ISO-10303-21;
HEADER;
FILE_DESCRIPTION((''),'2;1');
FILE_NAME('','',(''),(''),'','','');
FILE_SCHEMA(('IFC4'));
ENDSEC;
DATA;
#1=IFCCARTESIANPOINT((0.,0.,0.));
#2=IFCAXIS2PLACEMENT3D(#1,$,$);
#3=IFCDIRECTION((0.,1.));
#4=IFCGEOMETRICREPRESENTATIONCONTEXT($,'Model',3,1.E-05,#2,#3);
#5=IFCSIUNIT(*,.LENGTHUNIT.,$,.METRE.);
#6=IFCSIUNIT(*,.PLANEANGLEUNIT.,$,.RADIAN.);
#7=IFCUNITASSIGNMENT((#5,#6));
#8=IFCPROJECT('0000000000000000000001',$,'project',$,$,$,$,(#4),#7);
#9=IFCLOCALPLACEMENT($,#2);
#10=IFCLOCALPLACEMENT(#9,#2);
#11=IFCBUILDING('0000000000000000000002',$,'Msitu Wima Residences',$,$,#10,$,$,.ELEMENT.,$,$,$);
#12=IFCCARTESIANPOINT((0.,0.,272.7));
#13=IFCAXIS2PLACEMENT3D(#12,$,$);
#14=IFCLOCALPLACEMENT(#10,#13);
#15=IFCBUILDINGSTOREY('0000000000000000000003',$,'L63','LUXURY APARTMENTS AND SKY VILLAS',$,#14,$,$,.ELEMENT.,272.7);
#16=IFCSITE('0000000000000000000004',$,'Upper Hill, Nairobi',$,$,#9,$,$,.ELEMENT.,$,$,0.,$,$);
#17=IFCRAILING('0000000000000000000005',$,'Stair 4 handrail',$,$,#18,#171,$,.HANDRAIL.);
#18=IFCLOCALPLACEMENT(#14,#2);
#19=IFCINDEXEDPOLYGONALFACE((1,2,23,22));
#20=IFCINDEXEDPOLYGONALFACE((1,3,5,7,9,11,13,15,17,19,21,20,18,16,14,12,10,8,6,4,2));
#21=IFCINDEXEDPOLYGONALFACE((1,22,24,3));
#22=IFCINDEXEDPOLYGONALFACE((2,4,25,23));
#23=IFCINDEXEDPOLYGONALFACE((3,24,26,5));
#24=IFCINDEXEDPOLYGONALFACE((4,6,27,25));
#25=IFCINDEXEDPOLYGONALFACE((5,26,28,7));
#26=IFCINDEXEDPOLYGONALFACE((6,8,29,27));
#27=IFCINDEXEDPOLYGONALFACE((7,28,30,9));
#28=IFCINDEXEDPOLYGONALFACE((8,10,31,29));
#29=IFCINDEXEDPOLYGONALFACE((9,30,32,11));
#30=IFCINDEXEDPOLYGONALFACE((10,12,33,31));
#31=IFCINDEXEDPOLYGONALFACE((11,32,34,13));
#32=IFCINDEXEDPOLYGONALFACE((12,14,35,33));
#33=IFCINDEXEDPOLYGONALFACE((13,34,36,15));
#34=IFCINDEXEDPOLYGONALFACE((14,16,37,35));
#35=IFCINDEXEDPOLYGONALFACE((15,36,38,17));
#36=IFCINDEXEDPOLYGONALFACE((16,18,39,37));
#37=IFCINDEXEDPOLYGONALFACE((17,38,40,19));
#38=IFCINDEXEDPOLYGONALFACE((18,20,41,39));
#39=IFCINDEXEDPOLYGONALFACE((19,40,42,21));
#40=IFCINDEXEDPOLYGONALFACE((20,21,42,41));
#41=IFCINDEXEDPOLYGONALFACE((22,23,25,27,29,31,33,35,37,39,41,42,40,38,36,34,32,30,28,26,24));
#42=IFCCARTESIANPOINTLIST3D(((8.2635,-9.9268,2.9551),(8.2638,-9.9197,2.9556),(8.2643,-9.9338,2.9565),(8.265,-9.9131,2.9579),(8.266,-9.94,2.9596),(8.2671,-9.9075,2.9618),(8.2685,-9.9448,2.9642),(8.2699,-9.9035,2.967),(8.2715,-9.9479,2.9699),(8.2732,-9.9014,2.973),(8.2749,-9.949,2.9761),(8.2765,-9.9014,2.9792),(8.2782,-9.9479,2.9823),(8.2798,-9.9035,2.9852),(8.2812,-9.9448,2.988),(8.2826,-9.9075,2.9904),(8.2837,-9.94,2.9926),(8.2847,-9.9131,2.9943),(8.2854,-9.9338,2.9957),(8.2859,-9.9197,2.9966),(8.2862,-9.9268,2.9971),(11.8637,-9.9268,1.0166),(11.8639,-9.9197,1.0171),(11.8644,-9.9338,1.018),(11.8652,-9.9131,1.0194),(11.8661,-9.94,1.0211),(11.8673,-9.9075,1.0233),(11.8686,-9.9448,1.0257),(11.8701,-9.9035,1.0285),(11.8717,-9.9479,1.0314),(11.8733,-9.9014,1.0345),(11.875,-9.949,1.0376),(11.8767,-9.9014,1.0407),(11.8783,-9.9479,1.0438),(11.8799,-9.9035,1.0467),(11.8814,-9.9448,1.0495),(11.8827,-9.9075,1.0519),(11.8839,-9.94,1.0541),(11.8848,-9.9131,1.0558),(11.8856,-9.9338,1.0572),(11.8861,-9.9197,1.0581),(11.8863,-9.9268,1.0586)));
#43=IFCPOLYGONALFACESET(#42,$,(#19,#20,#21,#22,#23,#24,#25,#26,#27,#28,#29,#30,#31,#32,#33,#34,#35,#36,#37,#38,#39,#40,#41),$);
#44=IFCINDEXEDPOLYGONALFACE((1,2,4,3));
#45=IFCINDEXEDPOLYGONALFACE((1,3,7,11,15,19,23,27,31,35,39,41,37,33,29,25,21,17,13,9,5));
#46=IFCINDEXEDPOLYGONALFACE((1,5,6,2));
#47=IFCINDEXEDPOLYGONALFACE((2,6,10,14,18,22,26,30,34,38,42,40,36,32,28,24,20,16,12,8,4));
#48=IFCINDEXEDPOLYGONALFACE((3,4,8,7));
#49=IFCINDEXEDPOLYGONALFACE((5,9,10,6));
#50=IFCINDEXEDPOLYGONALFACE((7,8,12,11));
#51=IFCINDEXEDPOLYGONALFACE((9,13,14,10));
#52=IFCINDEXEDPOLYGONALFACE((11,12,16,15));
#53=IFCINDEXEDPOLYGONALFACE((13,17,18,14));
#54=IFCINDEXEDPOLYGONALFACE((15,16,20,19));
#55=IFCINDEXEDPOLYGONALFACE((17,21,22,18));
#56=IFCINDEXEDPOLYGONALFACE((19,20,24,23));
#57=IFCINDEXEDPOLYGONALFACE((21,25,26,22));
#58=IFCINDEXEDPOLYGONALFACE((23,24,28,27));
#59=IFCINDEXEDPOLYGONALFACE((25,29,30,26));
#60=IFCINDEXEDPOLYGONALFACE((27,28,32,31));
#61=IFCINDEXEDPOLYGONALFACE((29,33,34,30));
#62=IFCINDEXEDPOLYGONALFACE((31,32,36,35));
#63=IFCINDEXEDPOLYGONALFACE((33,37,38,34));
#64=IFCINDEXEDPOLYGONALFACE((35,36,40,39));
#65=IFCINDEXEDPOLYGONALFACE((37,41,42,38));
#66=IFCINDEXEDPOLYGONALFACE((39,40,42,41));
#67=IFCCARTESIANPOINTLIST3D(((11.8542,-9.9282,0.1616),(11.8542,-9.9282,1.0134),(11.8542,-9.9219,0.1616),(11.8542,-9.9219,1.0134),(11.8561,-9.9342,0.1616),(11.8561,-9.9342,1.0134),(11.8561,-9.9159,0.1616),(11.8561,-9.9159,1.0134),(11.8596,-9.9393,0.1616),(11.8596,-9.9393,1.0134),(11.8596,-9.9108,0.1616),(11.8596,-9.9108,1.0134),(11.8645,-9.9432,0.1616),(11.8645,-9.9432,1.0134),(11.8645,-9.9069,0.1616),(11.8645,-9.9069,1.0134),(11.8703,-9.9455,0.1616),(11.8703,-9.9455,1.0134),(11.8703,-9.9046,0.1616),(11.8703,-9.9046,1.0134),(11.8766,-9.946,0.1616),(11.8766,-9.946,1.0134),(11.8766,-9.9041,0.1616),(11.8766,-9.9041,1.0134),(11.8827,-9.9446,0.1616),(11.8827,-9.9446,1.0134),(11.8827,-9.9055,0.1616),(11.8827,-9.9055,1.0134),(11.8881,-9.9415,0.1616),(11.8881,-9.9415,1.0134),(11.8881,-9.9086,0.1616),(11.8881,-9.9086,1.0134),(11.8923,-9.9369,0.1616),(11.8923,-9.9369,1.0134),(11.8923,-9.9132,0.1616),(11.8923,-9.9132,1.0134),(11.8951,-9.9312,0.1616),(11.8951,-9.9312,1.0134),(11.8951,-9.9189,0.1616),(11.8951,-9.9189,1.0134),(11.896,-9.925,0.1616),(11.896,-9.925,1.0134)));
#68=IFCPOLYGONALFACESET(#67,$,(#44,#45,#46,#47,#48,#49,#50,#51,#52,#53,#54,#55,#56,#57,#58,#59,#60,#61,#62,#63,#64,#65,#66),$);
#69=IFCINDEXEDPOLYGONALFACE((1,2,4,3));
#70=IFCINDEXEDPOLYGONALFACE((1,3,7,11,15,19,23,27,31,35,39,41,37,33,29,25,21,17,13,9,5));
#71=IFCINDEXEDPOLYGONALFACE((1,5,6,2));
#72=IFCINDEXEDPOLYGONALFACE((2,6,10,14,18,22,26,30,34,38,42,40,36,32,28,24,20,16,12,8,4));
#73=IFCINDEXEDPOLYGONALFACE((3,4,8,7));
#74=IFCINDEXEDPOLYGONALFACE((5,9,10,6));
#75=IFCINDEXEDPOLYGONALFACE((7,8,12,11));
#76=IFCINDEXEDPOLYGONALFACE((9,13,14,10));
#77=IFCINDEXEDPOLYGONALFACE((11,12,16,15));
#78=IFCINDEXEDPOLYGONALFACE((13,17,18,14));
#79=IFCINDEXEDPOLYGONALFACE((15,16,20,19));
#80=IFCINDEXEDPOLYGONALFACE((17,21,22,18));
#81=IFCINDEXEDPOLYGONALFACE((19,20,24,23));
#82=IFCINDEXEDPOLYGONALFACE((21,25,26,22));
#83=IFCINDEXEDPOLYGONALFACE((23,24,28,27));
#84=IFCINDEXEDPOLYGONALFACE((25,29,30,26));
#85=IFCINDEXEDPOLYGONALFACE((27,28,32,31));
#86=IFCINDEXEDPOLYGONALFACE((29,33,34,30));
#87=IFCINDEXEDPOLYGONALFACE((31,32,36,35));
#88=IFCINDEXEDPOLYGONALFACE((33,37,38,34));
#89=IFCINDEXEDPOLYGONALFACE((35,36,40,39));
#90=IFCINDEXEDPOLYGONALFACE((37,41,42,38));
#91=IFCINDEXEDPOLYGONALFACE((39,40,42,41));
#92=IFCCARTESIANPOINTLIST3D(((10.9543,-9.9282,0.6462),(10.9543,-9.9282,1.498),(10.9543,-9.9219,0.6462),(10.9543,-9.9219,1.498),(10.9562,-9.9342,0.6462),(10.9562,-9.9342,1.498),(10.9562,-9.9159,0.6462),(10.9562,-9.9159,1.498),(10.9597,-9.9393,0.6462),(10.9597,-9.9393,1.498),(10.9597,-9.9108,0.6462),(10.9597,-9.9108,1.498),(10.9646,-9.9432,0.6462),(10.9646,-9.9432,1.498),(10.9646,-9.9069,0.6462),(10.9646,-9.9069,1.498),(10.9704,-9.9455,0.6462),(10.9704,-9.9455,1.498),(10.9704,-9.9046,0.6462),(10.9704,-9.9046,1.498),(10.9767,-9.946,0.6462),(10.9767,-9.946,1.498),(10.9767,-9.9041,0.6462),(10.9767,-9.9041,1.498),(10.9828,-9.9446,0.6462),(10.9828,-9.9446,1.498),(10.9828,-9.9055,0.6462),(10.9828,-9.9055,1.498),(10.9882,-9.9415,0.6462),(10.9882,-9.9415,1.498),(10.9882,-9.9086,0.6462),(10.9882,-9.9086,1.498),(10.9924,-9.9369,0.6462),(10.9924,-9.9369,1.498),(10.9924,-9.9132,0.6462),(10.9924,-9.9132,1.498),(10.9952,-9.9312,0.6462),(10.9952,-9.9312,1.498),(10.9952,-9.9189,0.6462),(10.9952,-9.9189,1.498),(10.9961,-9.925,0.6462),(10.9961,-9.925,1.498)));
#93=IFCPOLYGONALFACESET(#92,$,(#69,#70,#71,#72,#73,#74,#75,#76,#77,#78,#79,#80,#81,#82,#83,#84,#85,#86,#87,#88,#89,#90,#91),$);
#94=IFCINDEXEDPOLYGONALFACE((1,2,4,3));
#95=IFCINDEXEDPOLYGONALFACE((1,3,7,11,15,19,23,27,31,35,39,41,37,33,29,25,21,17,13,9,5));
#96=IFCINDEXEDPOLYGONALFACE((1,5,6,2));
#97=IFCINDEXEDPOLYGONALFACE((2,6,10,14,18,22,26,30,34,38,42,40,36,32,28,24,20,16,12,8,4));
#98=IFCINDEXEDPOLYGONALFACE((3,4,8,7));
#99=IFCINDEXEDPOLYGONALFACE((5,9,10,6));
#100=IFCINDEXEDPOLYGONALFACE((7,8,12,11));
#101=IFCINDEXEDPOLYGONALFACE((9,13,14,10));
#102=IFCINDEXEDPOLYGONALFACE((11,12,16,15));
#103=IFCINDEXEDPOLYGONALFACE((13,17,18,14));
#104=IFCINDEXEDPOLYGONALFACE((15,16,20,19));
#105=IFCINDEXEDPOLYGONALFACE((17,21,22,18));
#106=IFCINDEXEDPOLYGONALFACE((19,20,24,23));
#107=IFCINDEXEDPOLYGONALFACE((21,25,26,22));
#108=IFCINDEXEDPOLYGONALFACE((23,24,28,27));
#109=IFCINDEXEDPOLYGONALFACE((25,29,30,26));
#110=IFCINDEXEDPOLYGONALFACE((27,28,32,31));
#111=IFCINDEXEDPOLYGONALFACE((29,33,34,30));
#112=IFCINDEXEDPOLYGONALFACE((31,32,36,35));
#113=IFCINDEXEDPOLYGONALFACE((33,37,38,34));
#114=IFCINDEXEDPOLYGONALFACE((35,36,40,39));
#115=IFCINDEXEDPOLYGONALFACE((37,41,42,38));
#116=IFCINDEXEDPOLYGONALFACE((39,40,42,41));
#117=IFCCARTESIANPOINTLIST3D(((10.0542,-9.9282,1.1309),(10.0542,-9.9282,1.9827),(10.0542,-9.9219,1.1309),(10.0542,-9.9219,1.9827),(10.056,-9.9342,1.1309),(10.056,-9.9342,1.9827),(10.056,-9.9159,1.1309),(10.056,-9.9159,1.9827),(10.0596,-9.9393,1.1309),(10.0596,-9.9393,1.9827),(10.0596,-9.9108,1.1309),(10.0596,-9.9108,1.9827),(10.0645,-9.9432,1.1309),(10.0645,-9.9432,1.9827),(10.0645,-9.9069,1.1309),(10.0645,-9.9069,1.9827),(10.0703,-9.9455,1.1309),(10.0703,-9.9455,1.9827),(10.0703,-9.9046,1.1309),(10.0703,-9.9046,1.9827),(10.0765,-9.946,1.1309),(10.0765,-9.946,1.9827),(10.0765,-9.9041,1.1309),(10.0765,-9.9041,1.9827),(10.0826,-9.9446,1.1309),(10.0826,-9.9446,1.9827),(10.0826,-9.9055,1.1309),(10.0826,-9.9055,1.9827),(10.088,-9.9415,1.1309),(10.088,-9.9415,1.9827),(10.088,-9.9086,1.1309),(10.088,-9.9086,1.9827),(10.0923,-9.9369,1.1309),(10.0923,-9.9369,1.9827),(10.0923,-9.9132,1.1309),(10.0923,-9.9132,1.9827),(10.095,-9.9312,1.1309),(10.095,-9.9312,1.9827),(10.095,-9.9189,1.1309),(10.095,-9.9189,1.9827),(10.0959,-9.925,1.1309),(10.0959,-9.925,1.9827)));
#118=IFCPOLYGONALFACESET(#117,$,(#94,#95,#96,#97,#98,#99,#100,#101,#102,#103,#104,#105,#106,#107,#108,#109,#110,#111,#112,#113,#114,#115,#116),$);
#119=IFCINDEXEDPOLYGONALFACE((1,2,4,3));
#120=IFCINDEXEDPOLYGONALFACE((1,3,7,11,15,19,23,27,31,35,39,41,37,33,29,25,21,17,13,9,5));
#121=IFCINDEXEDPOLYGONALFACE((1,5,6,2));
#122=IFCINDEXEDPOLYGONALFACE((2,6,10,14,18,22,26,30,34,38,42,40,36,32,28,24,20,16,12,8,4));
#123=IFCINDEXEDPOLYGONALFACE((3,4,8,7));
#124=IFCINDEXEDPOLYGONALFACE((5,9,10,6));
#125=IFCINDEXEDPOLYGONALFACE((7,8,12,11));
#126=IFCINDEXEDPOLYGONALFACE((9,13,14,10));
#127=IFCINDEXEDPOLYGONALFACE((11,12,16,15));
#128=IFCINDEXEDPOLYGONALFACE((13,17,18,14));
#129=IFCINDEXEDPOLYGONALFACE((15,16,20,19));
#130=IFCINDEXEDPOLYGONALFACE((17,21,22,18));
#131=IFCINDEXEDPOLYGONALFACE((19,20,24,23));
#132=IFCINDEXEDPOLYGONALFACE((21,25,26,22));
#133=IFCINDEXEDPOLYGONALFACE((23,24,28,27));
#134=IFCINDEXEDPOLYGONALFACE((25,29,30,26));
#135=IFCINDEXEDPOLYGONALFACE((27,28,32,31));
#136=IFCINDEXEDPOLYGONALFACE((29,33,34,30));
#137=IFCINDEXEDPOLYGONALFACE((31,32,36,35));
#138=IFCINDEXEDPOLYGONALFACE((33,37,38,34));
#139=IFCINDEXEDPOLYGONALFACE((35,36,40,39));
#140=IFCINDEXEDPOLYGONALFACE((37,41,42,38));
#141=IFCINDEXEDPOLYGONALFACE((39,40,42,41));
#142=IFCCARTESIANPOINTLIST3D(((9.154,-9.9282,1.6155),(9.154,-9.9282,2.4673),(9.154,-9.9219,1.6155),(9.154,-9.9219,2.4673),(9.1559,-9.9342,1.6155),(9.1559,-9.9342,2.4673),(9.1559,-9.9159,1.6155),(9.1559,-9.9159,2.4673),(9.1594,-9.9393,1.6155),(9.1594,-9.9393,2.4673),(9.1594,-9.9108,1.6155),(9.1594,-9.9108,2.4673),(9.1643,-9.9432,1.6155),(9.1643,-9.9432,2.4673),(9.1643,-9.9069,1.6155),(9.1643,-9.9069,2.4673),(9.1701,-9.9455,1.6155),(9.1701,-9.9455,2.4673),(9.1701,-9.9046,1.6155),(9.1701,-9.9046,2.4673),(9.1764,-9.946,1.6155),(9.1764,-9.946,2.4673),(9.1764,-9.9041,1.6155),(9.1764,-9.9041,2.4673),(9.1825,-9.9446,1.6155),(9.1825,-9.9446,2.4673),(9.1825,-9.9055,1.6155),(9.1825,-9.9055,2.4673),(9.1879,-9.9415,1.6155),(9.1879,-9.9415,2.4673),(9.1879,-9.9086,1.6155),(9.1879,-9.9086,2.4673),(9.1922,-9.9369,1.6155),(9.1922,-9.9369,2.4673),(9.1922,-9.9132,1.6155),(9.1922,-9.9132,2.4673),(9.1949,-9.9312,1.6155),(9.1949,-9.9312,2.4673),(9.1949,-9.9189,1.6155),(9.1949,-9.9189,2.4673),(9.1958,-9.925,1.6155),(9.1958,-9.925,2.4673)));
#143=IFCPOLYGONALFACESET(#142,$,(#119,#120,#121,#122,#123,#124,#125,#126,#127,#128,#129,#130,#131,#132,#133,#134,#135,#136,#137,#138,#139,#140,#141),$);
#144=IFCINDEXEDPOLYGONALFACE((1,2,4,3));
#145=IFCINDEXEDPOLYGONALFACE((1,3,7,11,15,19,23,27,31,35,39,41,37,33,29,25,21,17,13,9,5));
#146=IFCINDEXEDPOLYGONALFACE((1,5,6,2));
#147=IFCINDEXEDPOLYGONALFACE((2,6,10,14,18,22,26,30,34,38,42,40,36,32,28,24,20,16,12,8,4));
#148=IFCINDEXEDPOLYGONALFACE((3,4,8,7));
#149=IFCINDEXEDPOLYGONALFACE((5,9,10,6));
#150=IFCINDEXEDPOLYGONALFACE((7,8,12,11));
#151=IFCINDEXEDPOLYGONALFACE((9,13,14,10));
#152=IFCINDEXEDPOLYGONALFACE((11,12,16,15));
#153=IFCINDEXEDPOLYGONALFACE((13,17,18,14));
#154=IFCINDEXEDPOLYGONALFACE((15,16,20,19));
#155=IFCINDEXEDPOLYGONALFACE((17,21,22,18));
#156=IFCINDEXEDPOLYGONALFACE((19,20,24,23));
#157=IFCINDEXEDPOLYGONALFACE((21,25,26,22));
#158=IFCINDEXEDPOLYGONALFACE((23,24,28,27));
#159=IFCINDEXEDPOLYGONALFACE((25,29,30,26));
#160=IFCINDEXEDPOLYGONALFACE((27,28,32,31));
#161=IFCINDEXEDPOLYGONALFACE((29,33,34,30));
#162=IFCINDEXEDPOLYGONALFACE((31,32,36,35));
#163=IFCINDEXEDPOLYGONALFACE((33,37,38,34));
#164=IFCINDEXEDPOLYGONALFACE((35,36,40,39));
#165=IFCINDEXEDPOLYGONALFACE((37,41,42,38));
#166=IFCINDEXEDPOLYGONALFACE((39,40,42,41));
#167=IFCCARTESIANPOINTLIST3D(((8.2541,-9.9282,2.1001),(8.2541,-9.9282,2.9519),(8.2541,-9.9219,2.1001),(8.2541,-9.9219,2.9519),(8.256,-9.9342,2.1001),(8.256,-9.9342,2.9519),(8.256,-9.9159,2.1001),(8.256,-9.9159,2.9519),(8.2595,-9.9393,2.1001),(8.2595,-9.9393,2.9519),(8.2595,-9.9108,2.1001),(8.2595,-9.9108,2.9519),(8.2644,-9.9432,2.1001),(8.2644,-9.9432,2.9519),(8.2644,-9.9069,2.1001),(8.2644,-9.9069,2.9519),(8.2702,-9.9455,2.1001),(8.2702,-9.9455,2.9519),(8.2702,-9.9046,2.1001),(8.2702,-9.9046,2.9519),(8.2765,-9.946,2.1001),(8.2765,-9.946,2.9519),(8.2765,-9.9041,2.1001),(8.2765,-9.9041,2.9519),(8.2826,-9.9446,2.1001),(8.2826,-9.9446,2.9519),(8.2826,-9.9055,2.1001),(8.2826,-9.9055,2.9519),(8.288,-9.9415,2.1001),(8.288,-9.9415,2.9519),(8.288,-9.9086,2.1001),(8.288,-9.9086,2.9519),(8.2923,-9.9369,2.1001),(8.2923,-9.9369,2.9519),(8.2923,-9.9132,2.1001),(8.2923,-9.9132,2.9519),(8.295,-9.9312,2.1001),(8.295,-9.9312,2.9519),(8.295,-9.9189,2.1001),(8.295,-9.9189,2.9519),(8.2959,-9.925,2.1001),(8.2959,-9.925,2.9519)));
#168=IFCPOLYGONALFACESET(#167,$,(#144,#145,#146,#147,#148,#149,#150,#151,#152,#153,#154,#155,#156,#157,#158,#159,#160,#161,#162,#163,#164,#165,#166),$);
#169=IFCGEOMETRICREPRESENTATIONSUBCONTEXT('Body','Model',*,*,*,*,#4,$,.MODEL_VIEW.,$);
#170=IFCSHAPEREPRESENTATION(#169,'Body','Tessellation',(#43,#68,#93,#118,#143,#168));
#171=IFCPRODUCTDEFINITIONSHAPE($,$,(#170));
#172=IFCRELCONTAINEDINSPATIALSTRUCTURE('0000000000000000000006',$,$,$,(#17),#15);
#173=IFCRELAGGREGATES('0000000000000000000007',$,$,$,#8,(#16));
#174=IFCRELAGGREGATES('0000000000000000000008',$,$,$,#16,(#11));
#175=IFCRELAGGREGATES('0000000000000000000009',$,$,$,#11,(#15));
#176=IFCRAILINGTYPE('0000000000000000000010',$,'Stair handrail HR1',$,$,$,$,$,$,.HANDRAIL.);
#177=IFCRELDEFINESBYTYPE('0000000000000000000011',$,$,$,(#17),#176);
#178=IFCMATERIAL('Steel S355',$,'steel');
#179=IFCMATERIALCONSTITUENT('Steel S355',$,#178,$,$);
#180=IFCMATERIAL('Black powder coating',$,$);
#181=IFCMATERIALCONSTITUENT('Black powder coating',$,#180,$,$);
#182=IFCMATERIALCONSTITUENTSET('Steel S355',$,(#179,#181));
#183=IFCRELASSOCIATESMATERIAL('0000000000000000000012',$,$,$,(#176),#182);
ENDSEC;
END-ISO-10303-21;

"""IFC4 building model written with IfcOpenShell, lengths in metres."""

from ifc_helpers import new_model, si_unit, direction, frame, origin, origin_2d, place, context, subcontext, project, spatial, circle, extrude, material, constituent, constituent_set, type_object, element, save


model = new_model("IFC4")

# Units and contexts
model_context = context("Model", 3, precision=1e-05, world=origin(), true_north=direction((0.0, 1.0)))
body_context = subcontext(model_context, "Body", "Model", "MODEL_VIEW")
ifc_project = project(units=[si_unit("LENGTHUNIT", "METRE"), si_unit("PLANEANGLEUNIT", "RADIAN")], contexts=[model_context])

# Site, building, storey
site_placement = place(None, origin())
site = spatial("IfcSite", under=ifc_project, at=site_placement, Name="Upper Hill, Nairobi", CompositionType="ELEMENT", RefElevation=0.0)
building_placement = place(site_placement, origin())
building = spatial("IfcBuilding", under=site, at=building_placement, Name="Msitu Wima Residences", CompositionType="ELEMENT")
storey_placement = place(building_placement, frame((0.0, 0.0, 272.7)))
storey = spatial("IfcBuildingStorey", under=building, at=storey_placement, Name="L63", Description="LUXURY APARTMENTS AND SKY VILLAS", CompositionType="ELEMENT", Elevation=272.7)

# Railing
ifc_material_1 = material(Name="Steel S355", Category="steel")
ifc_constituent_1 = constituent(ifc_material_1, Name="Steel S355")
ifc_material_2 = material(Name="Black powder coating")
ifc_constituent_2 = constituent(ifc_material_2, Name="Black powder coating")
ifc_constituent_set = constituent_set(constituents=[ifc_constituent_1, ifc_constituent_2], Name="Steel S355")
railing_type = type_object("IfcRailingType", Name="Stair handrail HR1", PredefinedType="HANDRAIL", material=ifc_constituent_set)
for number, where, name in (
    (1, (11.875, -9.925, 0.1616), "Stair 4 handrail"),
):
    element("IfcRailing", number, at=place(storey_placement, frame(where)), inside=storey, type_object=railing_type, Name=name, PredefinedType="HANDRAIL", context=body_context, shape_type="SweptSolid", body=[
        extrude(circle(Radius=0.0239, at=origin_2d()), frame((0.0, 0.0, 0.876), z_axis=(-0.880475, 0.0, 0.474093), x_axis=(0.0, -1.0, 0.0)), (0.0, 0.0, 1.0), 4.0889),
        extrude(circle(Radius=0.021, at=origin_2d()), origin(), (0.0, 0.0, 1.0), 0.8518),
        extrude(circle(Radius=0.021, at=origin_2d()), frame((-0.8999, 0.0, 0.4846)), (0.0, 0.0, 1.0), 0.8518),
        extrude(circle(Radius=0.021, at=origin_2d()), frame((-1.8, 0.0, 0.9692)), (0.0, 0.0, 1.0), 0.8518),
        extrude(circle(Radius=0.021, at=origin_2d()), frame((-2.7002, 0.0, 1.4539)), (0.0, 0.0, 1.0), 0.8518),
        extrude(circle(Radius=0.021, at=origin_2d()), frame((-3.6001, 0.0, 1.9385)), (0.0, 0.0, 1.0), 0.8518),
    ])

save(model, "model.ifc")
